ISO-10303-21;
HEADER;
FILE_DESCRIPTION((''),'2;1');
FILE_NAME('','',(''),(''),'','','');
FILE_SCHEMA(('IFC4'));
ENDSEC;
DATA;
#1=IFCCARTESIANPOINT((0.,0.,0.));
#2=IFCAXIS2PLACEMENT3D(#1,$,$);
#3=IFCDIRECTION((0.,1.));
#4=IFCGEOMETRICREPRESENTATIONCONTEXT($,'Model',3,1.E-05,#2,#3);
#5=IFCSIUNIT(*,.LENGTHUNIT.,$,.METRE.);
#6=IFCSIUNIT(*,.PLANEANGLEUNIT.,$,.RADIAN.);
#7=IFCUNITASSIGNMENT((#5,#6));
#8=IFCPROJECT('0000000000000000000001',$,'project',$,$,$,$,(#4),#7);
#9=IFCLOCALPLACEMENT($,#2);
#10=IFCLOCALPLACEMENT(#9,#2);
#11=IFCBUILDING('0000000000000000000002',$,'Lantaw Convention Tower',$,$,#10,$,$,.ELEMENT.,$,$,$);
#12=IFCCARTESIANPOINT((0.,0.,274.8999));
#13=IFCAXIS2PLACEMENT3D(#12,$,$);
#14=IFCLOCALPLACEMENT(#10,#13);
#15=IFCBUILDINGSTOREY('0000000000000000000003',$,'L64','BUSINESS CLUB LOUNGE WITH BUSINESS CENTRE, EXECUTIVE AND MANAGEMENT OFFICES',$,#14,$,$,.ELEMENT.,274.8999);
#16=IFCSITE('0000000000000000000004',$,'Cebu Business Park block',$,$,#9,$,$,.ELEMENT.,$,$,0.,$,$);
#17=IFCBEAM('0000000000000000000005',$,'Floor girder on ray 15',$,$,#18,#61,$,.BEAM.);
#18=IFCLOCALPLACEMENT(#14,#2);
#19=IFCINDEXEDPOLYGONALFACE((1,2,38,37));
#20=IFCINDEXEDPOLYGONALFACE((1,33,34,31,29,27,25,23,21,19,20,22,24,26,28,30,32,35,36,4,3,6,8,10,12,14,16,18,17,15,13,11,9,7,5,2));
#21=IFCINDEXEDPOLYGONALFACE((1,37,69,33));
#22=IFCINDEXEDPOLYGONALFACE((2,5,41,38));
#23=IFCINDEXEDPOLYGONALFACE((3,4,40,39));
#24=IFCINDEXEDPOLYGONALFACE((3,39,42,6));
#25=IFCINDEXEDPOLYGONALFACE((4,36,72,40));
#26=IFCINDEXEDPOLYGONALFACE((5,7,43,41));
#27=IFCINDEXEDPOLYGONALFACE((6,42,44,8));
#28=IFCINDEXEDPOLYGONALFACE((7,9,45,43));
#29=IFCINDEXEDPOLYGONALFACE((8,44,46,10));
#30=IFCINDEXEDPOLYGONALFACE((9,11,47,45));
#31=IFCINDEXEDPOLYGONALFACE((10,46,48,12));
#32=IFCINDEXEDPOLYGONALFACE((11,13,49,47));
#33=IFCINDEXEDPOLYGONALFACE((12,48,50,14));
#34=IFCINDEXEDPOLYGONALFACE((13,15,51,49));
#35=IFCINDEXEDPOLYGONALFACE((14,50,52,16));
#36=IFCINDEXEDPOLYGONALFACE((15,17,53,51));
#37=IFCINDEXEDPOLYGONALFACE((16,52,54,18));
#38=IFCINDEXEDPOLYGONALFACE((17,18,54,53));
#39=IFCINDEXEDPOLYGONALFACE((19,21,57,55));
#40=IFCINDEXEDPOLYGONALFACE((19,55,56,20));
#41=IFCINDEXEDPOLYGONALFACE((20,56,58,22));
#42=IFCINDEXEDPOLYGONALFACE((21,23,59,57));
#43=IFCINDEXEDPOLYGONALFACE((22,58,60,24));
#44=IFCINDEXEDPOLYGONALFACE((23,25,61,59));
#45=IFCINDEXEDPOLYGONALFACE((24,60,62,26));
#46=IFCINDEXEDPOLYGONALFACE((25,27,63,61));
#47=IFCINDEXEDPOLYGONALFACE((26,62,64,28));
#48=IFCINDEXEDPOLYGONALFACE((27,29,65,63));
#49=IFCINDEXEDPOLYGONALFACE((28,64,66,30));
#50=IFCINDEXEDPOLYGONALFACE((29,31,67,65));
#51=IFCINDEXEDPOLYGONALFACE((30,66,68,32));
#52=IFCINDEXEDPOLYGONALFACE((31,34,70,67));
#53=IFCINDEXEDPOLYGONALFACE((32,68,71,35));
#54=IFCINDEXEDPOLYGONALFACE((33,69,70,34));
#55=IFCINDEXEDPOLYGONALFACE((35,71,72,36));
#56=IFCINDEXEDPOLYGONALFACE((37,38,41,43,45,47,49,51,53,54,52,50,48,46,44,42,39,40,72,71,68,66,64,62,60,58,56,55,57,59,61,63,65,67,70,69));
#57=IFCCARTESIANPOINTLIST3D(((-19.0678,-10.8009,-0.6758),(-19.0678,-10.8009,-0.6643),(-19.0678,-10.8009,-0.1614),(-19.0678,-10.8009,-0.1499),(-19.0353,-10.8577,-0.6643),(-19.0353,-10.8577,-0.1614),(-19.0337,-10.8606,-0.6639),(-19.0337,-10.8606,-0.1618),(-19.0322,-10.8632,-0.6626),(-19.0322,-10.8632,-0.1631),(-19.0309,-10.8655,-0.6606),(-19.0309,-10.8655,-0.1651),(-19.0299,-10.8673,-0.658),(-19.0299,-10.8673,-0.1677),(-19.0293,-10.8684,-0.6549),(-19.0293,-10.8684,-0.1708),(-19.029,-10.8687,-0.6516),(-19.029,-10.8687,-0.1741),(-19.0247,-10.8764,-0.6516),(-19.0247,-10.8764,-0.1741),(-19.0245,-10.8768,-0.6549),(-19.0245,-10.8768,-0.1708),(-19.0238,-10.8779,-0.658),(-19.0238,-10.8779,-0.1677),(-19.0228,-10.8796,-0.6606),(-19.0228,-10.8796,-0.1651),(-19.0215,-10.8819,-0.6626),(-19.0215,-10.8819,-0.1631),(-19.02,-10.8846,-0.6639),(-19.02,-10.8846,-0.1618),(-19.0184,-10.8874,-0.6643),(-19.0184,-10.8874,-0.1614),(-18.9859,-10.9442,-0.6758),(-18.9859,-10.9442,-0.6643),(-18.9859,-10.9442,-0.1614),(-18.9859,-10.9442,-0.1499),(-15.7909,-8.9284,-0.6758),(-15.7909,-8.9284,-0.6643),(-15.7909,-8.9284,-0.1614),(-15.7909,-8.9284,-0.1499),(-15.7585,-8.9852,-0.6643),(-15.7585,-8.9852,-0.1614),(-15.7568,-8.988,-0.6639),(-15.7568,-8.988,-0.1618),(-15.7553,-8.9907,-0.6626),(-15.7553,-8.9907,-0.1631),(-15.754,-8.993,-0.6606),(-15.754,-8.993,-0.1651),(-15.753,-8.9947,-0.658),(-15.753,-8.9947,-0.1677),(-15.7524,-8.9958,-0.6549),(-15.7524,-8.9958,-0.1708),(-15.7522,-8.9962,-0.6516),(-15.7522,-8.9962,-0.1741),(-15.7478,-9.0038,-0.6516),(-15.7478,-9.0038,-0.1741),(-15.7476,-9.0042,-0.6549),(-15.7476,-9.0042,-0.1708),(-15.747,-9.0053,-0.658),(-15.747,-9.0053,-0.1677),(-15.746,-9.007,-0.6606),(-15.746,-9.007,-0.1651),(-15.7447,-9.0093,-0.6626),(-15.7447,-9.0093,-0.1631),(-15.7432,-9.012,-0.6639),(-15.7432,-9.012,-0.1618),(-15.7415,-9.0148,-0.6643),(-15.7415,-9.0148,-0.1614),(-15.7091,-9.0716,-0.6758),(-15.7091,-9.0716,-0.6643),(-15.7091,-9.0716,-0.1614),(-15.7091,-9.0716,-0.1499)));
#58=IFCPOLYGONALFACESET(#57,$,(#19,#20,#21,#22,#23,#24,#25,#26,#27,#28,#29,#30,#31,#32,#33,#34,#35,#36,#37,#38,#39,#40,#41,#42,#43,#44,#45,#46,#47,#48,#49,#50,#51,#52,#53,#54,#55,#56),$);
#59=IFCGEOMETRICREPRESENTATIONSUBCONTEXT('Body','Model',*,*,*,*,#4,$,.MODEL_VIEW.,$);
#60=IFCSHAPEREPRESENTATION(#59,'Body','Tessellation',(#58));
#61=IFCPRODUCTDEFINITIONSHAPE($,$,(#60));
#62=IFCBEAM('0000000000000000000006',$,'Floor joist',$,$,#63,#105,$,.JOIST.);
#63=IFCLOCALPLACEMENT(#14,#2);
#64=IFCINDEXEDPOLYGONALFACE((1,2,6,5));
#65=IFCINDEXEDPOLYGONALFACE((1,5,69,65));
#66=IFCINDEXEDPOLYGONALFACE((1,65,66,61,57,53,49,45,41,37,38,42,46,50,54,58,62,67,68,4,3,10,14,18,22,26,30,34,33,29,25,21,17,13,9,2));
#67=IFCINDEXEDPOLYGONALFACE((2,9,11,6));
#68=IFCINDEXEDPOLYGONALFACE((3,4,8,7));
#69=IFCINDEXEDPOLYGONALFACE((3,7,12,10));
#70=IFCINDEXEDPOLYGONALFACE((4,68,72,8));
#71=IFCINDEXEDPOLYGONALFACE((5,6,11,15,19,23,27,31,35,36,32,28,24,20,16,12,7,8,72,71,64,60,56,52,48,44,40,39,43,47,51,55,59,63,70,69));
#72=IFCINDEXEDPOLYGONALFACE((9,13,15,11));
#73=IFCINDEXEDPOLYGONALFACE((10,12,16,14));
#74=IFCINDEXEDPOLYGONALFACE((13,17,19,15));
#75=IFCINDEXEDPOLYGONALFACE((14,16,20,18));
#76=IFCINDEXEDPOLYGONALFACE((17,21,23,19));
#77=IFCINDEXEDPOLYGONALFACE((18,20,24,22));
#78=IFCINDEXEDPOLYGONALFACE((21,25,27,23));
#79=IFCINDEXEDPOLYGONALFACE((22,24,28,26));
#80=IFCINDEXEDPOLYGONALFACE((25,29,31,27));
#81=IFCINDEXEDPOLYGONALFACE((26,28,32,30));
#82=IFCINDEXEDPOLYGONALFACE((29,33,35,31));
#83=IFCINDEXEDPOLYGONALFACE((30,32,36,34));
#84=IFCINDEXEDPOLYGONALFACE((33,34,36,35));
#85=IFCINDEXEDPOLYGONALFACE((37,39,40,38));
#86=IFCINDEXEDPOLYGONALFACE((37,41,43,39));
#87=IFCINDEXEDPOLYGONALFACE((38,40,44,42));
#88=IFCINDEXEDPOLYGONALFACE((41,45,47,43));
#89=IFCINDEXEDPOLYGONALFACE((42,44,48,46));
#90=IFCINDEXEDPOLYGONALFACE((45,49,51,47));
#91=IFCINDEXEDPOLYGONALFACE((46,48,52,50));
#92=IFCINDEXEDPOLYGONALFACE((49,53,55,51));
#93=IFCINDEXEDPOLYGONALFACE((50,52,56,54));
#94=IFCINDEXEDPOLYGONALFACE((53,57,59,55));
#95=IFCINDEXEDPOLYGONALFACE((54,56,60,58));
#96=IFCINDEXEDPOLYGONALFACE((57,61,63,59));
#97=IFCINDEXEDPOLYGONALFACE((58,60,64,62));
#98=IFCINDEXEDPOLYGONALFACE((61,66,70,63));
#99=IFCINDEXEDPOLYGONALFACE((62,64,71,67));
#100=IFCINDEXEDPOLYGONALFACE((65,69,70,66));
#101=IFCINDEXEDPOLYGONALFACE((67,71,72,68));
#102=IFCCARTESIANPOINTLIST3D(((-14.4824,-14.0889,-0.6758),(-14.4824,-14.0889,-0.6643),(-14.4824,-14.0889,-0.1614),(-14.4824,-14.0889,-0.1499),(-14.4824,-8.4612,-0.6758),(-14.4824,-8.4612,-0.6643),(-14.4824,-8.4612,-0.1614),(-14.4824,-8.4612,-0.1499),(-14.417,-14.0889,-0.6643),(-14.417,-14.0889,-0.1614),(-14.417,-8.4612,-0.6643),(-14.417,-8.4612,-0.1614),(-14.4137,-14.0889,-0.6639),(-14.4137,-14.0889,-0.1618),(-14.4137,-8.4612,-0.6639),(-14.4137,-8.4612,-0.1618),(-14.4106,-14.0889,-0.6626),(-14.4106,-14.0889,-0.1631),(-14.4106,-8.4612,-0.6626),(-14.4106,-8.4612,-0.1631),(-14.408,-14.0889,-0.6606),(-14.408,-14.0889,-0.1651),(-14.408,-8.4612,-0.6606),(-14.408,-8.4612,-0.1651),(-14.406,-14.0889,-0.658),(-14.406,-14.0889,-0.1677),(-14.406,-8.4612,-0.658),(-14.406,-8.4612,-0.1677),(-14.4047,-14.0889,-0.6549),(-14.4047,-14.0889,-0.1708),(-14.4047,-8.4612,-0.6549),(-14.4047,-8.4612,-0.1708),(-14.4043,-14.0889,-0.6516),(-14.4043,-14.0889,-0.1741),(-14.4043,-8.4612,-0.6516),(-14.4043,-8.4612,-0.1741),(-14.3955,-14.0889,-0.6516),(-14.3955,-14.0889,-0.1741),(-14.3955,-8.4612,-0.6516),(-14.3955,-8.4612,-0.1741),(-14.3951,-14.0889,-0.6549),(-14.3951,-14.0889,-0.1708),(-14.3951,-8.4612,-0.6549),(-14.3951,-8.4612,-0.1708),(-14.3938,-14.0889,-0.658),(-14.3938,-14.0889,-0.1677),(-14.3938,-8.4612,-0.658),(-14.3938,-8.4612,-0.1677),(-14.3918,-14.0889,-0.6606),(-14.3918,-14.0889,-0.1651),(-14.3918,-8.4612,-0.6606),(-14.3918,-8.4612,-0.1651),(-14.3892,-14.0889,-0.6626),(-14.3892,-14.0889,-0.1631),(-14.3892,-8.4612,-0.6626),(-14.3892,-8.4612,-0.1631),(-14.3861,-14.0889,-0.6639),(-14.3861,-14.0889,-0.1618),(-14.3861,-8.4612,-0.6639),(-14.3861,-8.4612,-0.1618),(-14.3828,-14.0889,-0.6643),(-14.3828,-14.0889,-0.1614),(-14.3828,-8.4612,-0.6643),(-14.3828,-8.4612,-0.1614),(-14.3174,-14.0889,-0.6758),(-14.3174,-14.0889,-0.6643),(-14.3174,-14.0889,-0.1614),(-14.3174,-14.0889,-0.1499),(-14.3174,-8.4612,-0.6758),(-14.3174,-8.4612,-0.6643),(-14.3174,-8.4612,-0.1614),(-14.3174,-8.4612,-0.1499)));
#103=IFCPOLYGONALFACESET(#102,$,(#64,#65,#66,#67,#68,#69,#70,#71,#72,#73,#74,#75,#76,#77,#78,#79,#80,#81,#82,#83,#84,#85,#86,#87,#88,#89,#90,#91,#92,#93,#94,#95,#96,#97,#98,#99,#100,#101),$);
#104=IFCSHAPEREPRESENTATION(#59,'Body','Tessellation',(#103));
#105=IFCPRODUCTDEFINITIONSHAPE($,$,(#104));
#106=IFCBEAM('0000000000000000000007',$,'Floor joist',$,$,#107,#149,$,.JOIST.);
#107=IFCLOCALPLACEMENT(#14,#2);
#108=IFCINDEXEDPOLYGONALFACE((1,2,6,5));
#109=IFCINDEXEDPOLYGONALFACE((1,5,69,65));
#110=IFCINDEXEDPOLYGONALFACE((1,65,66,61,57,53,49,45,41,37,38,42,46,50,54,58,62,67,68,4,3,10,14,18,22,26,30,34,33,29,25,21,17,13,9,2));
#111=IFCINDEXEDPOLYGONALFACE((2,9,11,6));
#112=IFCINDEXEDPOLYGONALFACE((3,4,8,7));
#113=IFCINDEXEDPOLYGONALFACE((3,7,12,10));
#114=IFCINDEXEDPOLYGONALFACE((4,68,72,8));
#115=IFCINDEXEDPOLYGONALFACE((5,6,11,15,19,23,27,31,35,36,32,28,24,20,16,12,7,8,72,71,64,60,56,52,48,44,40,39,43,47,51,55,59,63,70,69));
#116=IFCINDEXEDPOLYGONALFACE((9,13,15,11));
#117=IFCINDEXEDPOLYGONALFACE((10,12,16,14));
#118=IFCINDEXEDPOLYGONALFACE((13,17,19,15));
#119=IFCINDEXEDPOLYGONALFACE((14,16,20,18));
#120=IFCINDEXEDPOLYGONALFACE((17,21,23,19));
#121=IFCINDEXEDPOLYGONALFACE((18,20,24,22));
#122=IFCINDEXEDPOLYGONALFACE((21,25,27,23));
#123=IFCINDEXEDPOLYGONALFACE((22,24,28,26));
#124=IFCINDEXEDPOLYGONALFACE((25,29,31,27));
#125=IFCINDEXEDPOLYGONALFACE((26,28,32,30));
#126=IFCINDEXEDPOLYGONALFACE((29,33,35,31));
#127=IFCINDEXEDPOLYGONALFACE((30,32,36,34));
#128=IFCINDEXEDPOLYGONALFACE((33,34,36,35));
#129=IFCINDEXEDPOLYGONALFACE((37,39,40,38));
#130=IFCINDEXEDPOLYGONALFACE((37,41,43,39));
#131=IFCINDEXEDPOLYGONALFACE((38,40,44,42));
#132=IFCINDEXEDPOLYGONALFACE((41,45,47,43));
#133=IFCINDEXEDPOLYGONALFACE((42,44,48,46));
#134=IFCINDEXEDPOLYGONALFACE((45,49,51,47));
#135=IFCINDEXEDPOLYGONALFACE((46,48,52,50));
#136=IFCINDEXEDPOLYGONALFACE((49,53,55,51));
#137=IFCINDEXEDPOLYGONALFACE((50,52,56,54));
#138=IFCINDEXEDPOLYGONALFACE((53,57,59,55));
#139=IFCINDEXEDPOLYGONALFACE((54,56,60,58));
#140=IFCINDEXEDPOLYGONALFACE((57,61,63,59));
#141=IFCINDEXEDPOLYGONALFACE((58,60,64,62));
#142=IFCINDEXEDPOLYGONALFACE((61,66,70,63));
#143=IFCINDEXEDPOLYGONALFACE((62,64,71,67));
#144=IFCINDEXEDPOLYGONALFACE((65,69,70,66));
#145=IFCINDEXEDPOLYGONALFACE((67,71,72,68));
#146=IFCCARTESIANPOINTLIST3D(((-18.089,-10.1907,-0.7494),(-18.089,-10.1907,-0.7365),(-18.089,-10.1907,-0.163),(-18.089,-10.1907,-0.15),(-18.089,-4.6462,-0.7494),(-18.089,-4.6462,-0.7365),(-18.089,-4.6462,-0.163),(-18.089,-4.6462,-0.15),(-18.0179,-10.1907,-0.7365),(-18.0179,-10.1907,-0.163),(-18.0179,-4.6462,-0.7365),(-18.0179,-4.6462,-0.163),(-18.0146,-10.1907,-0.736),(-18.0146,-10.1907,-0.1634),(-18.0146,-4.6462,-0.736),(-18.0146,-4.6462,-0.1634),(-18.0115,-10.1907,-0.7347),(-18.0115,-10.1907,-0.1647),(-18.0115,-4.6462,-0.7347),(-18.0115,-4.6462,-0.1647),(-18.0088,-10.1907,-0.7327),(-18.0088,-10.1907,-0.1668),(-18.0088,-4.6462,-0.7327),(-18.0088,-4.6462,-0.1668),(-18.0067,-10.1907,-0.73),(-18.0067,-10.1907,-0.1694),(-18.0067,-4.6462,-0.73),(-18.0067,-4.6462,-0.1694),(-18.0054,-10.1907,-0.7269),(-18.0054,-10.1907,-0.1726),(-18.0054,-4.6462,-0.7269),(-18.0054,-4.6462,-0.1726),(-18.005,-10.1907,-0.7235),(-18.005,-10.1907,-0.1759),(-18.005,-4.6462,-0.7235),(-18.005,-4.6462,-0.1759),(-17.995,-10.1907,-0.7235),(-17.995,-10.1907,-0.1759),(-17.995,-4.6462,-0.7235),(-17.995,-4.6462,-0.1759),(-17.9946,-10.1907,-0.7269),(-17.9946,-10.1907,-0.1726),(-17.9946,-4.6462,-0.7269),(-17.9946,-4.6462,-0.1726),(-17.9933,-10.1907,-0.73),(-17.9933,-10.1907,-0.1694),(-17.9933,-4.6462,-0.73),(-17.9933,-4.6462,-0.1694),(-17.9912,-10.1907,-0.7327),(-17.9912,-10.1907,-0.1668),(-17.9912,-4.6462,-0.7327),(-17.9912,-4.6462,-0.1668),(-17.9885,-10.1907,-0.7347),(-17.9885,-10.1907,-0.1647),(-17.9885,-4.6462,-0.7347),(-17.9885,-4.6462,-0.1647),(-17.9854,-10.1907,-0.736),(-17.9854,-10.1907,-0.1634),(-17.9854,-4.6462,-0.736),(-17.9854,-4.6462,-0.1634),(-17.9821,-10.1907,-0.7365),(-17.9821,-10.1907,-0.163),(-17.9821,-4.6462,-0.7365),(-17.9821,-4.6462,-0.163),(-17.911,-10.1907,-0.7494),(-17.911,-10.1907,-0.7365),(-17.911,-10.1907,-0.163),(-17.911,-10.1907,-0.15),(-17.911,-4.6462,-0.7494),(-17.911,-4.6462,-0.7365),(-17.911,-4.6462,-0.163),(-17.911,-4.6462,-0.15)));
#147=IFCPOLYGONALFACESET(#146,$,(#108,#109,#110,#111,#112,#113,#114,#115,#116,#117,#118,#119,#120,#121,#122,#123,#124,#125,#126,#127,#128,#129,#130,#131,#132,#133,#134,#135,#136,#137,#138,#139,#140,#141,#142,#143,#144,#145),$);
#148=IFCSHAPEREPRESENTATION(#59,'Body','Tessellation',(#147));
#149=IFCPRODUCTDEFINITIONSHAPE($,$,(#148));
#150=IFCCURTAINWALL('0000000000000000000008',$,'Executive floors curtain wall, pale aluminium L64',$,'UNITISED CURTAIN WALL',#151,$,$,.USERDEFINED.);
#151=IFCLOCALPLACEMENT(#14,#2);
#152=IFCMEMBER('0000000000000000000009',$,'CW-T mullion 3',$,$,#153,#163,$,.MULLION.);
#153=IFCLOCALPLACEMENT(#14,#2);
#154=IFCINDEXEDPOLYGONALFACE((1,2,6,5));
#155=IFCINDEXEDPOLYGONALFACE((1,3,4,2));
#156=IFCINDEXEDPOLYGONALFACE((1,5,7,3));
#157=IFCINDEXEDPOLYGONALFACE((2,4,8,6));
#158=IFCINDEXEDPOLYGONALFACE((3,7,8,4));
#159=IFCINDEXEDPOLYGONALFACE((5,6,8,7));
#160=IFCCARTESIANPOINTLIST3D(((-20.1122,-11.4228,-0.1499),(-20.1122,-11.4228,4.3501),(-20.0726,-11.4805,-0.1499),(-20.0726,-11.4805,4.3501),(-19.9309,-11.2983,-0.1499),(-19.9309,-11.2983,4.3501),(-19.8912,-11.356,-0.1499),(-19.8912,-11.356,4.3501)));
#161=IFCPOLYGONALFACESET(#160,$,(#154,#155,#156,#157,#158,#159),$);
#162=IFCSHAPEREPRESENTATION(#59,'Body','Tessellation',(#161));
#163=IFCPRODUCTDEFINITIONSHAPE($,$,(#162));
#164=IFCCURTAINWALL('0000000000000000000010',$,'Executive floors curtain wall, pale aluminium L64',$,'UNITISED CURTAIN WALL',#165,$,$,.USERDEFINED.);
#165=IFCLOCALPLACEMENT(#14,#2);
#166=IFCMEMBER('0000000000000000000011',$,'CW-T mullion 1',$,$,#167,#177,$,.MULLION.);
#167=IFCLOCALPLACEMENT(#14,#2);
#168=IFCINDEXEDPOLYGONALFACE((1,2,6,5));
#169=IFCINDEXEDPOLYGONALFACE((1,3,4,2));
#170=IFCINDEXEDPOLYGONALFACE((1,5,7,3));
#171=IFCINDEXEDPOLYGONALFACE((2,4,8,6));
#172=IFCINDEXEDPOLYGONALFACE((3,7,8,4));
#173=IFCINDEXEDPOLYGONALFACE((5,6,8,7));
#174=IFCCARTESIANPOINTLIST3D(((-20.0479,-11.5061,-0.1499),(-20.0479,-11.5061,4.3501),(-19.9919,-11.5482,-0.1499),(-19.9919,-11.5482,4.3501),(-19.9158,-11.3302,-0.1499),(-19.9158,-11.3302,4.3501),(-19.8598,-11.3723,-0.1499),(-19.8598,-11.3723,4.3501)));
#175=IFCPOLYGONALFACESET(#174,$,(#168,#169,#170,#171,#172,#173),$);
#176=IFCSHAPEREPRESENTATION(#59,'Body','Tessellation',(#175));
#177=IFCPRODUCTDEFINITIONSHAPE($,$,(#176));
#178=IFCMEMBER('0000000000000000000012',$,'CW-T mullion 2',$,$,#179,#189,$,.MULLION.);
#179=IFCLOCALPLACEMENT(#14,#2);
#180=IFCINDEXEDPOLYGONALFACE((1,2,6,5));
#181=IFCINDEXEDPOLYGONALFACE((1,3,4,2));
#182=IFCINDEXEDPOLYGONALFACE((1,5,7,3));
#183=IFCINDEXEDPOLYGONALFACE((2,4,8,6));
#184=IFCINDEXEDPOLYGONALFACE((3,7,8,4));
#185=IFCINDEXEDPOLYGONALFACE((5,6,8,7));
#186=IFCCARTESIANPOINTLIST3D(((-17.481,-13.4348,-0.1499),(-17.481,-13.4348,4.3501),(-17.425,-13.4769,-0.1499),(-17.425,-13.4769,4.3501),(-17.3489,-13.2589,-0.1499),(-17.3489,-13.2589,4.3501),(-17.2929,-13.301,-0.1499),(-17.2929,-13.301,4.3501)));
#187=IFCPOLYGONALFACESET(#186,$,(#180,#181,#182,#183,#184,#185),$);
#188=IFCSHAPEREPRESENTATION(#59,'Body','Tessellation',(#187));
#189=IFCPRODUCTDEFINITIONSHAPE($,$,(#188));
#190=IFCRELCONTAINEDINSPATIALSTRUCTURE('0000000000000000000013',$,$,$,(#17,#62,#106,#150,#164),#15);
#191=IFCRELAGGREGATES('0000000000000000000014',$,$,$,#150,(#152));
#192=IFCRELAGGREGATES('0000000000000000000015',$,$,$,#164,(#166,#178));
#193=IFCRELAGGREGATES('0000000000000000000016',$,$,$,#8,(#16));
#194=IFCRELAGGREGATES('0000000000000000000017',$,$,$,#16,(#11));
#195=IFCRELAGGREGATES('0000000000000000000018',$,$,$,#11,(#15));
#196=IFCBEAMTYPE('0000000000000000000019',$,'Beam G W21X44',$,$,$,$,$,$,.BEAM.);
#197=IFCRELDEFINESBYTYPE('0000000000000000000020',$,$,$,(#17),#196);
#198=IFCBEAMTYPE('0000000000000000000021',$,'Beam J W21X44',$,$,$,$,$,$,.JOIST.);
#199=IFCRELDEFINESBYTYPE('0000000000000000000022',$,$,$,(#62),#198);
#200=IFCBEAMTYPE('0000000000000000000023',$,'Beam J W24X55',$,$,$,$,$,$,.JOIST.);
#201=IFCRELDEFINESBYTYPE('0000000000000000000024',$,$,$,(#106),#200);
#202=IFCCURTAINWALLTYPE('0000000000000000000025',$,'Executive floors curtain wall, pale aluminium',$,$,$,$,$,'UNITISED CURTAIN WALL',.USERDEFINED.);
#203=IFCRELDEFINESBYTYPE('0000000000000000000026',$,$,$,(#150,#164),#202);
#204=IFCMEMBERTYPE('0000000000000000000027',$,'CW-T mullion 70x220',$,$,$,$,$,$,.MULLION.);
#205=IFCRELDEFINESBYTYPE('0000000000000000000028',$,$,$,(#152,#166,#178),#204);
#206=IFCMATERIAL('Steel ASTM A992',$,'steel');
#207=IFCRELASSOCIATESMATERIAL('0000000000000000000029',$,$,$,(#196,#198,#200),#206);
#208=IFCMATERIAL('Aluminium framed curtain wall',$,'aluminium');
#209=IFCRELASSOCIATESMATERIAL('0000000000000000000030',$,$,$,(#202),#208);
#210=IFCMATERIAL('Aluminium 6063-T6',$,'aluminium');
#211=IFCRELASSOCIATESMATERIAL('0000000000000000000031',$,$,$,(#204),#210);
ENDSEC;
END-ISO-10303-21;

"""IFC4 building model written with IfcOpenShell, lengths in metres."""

from ifc_helpers import new_model, si_unit, direction, frame, origin, origin_2d, place, context, subcontext, project, spatial, rectangle, i_section, extrude, material, material_profile, profile_set, type_object, element, aggregate, save


model = new_model("IFC4")

# Units and contexts
model_context = context("Model", 3, precision=1e-05, world=origin(), true_north=direction((0.0, 1.0)))
body_context = subcontext(model_context, "Body", "Model", "MODEL_VIEW")
ifc_project = project(units=[si_unit("LENGTHUNIT", "METRE"), si_unit("PLANEANGLEUNIT", "RADIAN")], contexts=[model_context])

# Site, building, storey
site_placement = place(None, origin())
site = spatial("IfcSite", under=ifc_project, at=site_placement, Name="Cebu Business Park block", CompositionType="ELEMENT", RefElevation=0.0)
building_placement = place(site_placement, origin())
building = spatial("IfcBuilding", under=site, at=building_placement, Name="Lantaw Convention Tower", CompositionType="ELEMENT")
storey_placement = place(building_placement, frame((0.0, 0.0, 274.8999)))
storey = spatial("IfcBuildingStorey", under=building, at=storey_placement, Name="L64", Description="BUSINESS CLUB LOUNGE WITH BUSINESS CENTRE, EXECUTIVE AND MANAGEMENT OFFICES", CompositionType="ELEMENT", Elevation=274.8999)

# Beams
ifc_material_1 = material(Name="Steel ASTM A992", Category="steel")
ifc_material_profile_1 = material_profile(ifc_material_1, i_section(OverallWidth=0.165, OverallDepth=0.5259, WebThickness=0.0088, FlangeThickness=0.0115, FilletRadius=0.0127, at=origin_2d()), Name="W21X44")
ifc_profile_set_1 = profile_set([ifc_material_profile_1], Name="Steel ASTM A992")
beam_type_1 = type_object("IfcBeamType", Name="Beam G W21X44", PredefinedType="BEAM", material=ifc_profile_set_1)
beam_1_placement = place(storey_placement, frame((-15.75, -9.0, -0.4128), z_axis=(-0.868235, -0.496153, 0.0), x_axis=(0.496153, -0.868235, 0.0)))
element("IfcBeam", 1, at=beam_1_placement, inside=storey, type_object=beam_type_1, Name="Floor girder on ray 15", PredefinedType="BEAM", context=body_context, shape_type="SweptSolid", body=[
    extrude(i_section(OverallWidth=0.165, OverallDepth=0.5259, WebThickness=0.0088, FlangeThickness=0.0115, FilletRadius=0.0127, at=origin_2d()), origin(), (0.0, 0.0, 1.0), 3.7742),
])
ifc_material_profile_2 = material_profile(ifc_material_1, i_section(OverallWidth=0.165, OverallDepth=0.5259, WebThickness=0.0088, FlangeThickness=0.0115, FilletRadius=0.0127, at=origin_2d()), Name="W21X44")
ifc_profile_set_2 = profile_set([ifc_material_profile_2], Name="Steel ASTM A992")
beam_type_2 = type_object("IfcBeamType", Name="Beam J W21X44", PredefinedType="JOIST", material=ifc_profile_set_2)
beam_2_placement = place(storey_placement, frame((-14.3999, -14.0889, -0.4128), z_axis=(0.0, 1.0, 0.0), x_axis=(-1.0, 0.0, 0.0)))
element("IfcBeam", 2, at=beam_2_placement, inside=storey, type_object=beam_type_2, Name="Floor joist", PredefinedType="JOIST", context=body_context, shape_type="SweptSolid", body=[
    extrude(i_section(OverallWidth=0.165, OverallDepth=0.5259, WebThickness=0.0088, FlangeThickness=0.0115, FilletRadius=0.0127, at=origin_2d()), origin(), (0.0, 0.0, 1.0), 5.6277),
])
ifc_material_profile_3 = material_profile(ifc_material_1, i_section(OverallWidth=0.178, OverallDepth=0.5994, WebThickness=0.01, FlangeThickness=0.0129, FilletRadius=0.0129, at=origin_2d()), Name="W24X55")
ifc_profile_set_3 = profile_set([ifc_material_profile_3], Name="Steel ASTM A992")
beam_type_3 = type_object("IfcBeamType", Name="Beam J W24X55", PredefinedType="JOIST", material=ifc_profile_set_3)
beam_3_placement = place(storey_placement, frame((-18.0, -10.1907, -0.4497), z_axis=(0.0, 1.0, 0.0), x_axis=(-1.0, 0.0, 0.0)))
element("IfcBeam", 3, at=beam_3_placement, inside=storey, type_object=beam_type_3, Name="Floor joist", PredefinedType="JOIST", context=body_context, shape_type="SweptSolid", body=[
    extrude(i_section(OverallWidth=0.178, OverallDepth=0.5994, WebThickness=0.01, FlangeThickness=0.0129, FilletRadius=0.0129, at=origin_2d()), origin(), (0.0, 0.0, 1.0), 5.5444),
])

# Curtain wall, member
ifc_material_2 = material(Name="Aluminium framed curtain wall", Category="aluminium")
curtain_wall_type = type_object("IfcCurtainWallType", Name="Executive floors curtain wall, pale aluminium", ElementType="UNITISED CURTAIN WALL", PredefinedType="USERDEFINED", material=ifc_material_2)
curtain_wall_1_placement = place(storey_placement, origin())
curtain_wall_1 = element("IfcCurtainWall", 4, at=curtain_wall_1_placement, inside=storey, type_object=curtain_wall_type, Name="Executive floors curtain wall, pale aluminium L64", ObjectType="UNITISED CURTAIN WALL", PredefinedType="USERDEFINED")
ifc_material_3 = material(Name="Aluminium 6063-T6", Category="aluminium")
ifc_material_profile_4 = material_profile(ifc_material_3, rectangle(XDim=0.22, YDim=0.0701, at=origin_2d()), Name="CW-T mullion 70x220")
ifc_profile_set_4 = profile_set([ifc_material_profile_4], Name="Aluminium 6063-T6")
member_type_1 = type_object("IfcMemberType", Name="CW-T mullion 70x220", PredefinedType="MULLION", material=ifc_profile_set_4)
member_1_placement = place(storey_placement, frame((-20.0017, -11.3894, -0.1499), z_axis=(0.0, 0.0, 1.0), x_axis=(0.82445, 0.565935, 0.0)))
member_1 = element("IfcMember", 5, at=member_1_placement, type_object=member_type_1, Name="CW-T mullion 3", PredefinedType="MULLION", context=body_context, shape_type="SweptSolid", body=[
    extrude(rectangle(XDim=0.22, YDim=0.0701, at=origin_2d()), origin(), (0.0, 0.0, 1.0), 4.5),
])

# Curtain wall, members
curtain_wall_2_placement = place(storey_placement, origin())
curtain_wall_2 = element("IfcCurtainWall", 6, at=curtain_wall_2_placement, inside=storey, type_object=curtain_wall_type, Name="Executive floors curtain wall, pale aluminium L64", ObjectType="UNITISED CURTAIN WALL", PredefinedType="USERDEFINED")
member_2_placement = place(storey_placement, frame((-19.9539, -11.4392, -0.1499), z_axis=(0.0, 0.0, 1.0), x_axis=(0.600643, 0.799518, 0.0)))
member_2 = element("IfcMember", 7, at=member_2_placement, type_object=member_type_1, Name="CW-T mullion 1", PredefinedType="MULLION", context=body_context, shape_type="SweptSolid", body=[
    extrude(rectangle(XDim=0.22, YDim=0.0701, at=origin_2d()), origin(), (0.0, 0.0, 1.0), 4.5),
])
member_3_placement = place(storey_placement, frame((-17.387, -13.3679, -0.1499), z_axis=(0.0, 0.0, 1.0), x_axis=(0.600643, 0.799518, 0.0)))
member_3 = element("IfcMember", 8, at=member_3_placement, type_object=member_type_1, Name="CW-T mullion 2", PredefinedType="MULLION", context=body_context, shape_type="SweptSolid", body=[
    extrude(rectangle(XDim=0.22, YDim=0.0701, at=origin_2d()), origin(), (0.0, 0.0, 1.0), 4.5),
])

aggregate(curtain_wall_1, [member_1])
aggregate(curtain_wall_2, [member_2, member_3])

save(model, "model.ifc")
